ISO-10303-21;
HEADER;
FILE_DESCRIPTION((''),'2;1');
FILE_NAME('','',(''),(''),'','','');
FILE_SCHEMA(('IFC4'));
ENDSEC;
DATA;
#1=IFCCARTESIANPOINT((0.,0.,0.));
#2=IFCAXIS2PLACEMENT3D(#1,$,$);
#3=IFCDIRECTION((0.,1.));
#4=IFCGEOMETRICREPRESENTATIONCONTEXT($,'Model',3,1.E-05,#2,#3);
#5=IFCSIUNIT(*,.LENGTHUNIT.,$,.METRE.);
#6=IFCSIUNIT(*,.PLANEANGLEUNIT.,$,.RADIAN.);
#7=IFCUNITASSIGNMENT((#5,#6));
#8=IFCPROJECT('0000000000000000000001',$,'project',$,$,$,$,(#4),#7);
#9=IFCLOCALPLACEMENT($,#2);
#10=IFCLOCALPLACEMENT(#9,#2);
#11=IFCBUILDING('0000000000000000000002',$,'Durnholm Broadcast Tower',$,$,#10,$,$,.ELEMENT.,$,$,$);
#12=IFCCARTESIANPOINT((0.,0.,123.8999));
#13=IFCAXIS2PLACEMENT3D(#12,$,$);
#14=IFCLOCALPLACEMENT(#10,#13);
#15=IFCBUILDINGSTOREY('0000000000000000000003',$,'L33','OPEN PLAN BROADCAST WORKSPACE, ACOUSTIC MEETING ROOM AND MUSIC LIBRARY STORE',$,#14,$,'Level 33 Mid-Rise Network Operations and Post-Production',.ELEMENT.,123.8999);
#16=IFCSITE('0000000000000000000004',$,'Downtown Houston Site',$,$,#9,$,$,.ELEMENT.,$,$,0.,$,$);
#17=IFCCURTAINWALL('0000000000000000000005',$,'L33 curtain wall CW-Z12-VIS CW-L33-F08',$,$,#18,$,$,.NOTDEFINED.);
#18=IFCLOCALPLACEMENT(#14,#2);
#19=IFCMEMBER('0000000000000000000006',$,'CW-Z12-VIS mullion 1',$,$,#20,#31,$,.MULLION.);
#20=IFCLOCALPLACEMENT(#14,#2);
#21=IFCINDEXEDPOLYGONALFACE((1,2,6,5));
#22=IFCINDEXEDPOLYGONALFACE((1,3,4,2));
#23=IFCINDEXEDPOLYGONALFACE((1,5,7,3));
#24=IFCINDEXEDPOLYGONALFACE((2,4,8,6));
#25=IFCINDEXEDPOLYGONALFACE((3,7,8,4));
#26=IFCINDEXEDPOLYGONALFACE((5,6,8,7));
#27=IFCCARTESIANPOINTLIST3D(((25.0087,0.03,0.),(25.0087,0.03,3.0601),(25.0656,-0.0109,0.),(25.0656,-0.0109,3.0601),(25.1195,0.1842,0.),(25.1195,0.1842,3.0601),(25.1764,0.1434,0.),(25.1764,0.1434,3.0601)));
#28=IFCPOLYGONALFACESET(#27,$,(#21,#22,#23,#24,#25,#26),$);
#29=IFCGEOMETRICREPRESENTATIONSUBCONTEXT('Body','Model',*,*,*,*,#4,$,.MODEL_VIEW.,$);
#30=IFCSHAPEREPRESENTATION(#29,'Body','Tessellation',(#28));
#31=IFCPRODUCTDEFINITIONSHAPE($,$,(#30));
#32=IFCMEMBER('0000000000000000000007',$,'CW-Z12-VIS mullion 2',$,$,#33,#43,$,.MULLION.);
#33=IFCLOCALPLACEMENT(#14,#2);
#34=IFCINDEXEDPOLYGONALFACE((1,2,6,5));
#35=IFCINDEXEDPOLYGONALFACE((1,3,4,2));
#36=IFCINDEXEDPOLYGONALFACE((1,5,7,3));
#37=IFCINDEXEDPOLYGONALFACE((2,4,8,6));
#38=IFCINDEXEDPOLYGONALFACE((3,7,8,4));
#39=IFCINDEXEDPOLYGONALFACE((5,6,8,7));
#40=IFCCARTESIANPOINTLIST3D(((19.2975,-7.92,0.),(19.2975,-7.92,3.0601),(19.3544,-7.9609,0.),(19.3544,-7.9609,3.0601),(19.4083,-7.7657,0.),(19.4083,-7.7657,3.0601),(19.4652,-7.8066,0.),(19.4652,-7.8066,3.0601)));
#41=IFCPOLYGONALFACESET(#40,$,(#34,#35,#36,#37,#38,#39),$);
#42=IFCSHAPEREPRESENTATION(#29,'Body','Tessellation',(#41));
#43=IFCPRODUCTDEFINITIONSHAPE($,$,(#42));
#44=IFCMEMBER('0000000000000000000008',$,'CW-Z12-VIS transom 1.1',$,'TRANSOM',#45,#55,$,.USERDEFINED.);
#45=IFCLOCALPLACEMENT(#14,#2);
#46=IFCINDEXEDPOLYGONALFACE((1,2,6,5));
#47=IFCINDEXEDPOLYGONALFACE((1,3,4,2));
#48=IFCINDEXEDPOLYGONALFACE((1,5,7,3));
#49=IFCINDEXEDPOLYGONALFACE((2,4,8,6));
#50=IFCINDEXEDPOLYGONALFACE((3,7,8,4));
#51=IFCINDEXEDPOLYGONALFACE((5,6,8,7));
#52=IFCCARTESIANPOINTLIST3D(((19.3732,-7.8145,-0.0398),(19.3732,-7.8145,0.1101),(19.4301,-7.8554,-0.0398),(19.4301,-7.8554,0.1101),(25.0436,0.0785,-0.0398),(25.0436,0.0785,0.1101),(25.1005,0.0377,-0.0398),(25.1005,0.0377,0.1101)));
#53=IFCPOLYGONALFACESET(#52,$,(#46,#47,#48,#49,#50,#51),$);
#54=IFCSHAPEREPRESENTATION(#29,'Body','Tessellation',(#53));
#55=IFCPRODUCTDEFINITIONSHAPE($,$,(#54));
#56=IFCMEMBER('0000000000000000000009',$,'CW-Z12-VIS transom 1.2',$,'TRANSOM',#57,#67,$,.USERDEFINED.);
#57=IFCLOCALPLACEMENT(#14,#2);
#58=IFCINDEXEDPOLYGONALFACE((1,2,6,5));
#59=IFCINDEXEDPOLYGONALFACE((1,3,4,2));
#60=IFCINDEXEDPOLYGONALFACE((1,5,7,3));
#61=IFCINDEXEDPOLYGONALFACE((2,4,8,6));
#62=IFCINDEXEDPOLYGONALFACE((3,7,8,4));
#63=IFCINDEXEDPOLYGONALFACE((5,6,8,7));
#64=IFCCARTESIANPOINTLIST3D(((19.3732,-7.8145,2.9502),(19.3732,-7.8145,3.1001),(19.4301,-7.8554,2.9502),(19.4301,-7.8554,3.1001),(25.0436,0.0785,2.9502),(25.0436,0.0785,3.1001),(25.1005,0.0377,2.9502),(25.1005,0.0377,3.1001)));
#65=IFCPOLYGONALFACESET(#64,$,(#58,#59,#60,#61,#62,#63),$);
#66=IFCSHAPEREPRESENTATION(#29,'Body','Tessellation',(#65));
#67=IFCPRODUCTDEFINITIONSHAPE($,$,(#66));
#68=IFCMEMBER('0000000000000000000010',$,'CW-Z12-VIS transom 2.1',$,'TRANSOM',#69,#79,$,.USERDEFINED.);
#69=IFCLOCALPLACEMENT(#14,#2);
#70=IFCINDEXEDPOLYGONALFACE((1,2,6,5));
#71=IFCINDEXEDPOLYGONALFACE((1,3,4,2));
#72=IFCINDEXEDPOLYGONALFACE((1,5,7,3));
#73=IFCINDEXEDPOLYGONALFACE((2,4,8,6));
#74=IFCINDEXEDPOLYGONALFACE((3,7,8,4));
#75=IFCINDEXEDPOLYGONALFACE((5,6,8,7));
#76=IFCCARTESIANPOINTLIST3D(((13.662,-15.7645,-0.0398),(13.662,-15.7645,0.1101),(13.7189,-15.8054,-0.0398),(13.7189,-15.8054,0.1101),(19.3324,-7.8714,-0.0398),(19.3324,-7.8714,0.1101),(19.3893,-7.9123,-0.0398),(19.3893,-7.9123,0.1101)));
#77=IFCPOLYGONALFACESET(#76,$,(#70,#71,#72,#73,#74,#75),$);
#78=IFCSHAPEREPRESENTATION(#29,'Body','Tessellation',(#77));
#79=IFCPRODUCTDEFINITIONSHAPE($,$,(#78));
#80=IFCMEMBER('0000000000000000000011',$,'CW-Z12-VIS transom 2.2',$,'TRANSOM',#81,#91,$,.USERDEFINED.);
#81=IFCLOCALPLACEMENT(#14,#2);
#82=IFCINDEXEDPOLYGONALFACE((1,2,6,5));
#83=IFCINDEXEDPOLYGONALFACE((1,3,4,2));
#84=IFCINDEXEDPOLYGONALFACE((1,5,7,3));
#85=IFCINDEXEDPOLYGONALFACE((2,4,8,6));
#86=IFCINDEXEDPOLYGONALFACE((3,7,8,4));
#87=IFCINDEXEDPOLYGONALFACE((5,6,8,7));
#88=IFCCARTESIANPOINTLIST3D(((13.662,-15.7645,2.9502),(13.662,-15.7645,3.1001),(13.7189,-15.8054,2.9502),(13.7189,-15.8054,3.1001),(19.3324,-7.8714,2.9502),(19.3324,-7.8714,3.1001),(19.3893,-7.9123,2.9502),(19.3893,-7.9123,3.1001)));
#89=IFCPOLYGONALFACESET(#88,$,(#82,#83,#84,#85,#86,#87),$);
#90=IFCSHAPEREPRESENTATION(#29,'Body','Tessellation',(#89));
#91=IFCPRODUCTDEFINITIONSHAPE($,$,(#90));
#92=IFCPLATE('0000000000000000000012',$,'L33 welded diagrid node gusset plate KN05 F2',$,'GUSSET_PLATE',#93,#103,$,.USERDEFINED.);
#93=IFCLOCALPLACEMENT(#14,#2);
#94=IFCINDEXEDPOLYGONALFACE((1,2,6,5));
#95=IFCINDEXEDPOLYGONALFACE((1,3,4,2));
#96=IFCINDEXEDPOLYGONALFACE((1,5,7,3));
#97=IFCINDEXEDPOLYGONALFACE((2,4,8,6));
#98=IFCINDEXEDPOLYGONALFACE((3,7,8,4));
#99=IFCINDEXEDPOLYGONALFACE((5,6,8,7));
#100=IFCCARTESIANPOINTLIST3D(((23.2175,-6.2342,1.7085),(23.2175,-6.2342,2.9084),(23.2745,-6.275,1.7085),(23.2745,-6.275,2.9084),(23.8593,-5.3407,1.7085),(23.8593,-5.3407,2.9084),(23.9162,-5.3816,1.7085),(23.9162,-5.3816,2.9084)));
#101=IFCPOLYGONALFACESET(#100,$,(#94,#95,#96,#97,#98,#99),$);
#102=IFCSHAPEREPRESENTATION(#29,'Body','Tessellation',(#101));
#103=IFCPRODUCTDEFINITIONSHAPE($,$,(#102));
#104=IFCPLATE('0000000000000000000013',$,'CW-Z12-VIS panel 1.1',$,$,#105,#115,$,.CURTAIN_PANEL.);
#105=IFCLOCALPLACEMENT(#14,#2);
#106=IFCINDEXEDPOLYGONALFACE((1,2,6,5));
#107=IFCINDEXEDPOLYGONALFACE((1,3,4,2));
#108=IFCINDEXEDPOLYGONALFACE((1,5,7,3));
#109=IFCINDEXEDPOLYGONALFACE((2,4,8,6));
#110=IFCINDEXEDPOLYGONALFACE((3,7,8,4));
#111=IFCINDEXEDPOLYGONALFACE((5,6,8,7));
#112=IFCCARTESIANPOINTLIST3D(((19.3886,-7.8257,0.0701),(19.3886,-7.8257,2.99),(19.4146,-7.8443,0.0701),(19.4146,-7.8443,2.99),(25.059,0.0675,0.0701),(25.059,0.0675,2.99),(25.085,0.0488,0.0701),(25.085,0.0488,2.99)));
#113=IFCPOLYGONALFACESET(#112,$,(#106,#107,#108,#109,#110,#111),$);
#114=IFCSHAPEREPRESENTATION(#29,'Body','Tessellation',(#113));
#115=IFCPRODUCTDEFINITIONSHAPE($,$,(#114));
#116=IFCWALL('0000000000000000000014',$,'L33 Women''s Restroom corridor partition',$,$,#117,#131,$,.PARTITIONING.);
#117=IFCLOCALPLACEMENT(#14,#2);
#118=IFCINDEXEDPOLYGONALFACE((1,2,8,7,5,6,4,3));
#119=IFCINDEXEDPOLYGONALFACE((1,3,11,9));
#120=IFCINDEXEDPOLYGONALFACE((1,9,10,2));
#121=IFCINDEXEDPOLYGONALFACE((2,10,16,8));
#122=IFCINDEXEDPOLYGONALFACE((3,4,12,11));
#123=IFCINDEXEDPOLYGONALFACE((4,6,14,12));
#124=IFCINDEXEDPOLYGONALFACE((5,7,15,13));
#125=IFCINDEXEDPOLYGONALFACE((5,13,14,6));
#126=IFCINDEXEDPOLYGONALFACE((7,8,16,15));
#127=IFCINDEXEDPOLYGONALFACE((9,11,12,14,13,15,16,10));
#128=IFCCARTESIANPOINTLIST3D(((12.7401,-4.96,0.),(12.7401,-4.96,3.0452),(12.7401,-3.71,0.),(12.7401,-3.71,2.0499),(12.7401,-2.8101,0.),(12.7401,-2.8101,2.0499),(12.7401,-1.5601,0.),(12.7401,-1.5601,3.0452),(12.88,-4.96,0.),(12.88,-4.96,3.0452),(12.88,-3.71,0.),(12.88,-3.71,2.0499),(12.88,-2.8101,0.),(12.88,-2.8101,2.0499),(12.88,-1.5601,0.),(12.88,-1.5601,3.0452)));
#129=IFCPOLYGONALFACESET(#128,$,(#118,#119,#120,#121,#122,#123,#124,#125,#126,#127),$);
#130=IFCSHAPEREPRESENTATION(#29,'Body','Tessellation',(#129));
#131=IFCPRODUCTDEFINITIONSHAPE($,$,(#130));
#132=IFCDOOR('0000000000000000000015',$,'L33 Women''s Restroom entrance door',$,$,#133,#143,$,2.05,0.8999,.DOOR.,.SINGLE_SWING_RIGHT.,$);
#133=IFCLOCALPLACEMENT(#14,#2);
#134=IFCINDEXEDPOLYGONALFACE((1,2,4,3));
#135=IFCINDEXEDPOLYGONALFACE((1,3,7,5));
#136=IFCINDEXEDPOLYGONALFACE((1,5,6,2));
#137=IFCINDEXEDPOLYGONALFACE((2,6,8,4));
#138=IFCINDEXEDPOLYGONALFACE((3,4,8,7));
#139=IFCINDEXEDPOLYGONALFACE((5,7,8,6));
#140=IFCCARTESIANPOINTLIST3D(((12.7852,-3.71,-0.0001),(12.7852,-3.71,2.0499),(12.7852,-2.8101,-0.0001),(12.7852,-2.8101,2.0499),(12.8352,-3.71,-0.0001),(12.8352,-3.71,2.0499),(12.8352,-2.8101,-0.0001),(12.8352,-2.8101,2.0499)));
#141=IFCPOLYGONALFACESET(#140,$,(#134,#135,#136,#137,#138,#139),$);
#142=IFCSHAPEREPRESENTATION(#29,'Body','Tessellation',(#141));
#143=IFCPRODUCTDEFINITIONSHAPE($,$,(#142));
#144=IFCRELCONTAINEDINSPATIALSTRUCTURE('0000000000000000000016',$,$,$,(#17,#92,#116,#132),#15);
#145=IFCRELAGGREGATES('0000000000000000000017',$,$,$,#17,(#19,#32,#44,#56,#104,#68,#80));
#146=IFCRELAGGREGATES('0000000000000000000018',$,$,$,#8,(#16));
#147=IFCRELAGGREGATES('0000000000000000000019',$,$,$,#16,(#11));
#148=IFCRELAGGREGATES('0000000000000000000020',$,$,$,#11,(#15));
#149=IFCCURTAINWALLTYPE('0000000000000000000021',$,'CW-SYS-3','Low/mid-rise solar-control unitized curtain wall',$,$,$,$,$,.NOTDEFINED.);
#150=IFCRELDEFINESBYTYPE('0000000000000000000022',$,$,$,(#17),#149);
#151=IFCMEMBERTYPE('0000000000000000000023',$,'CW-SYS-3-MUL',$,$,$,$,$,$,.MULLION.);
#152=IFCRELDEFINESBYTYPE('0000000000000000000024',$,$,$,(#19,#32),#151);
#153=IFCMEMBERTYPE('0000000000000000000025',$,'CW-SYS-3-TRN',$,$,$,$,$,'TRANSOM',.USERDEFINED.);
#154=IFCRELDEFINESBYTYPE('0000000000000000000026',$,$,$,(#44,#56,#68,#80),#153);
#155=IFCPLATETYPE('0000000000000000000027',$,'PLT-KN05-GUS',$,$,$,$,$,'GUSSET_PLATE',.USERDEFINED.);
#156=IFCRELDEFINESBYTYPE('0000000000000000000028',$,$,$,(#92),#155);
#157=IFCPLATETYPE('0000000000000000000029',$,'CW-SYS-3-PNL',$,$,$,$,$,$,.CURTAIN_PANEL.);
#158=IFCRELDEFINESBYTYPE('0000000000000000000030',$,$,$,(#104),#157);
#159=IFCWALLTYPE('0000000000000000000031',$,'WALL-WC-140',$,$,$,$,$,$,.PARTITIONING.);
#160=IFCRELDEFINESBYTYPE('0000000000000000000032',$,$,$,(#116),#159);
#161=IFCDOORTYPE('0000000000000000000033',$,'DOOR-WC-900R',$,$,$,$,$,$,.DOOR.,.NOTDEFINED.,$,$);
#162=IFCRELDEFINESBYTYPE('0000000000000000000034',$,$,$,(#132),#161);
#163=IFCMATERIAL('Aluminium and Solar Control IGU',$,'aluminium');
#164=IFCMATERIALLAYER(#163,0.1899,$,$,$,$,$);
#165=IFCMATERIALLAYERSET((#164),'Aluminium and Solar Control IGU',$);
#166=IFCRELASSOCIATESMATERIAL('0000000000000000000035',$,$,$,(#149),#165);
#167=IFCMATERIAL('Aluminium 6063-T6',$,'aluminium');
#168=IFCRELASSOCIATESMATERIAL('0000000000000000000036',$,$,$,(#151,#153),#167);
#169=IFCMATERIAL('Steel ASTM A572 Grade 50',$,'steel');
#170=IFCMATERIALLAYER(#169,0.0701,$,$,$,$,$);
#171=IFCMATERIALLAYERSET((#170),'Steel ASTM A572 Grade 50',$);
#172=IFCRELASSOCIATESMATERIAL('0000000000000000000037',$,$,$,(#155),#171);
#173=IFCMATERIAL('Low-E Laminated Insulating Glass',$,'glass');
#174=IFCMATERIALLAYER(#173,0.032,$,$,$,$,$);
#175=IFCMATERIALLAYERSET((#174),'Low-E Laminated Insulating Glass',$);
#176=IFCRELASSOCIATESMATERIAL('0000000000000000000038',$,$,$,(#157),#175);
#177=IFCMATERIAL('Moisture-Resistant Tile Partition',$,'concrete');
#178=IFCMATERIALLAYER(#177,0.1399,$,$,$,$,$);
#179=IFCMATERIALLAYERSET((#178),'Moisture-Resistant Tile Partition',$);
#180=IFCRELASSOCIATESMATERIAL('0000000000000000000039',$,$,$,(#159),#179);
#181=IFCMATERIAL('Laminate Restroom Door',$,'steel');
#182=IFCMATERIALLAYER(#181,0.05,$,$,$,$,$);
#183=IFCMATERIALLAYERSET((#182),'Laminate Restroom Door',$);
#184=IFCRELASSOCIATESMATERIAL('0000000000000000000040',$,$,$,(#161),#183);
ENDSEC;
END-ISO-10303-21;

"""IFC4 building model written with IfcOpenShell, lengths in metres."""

from ifc_helpers import new_model, si_unit, direction, frame, frame_2d, origin, origin_2d, place, context, subcontext, project, spatial, rectangle, extrude, source, transform, mapped, material, layer, layer_set, material_profile, profile_set, type_object, type_shapes, element, fill, aggregate, save


model = new_model("IFC4")

# Units and contexts
model_context = context("Model", 3, precision=1e-05, world=origin(), true_north=direction((0.0, 1.0)))
body_context = subcontext(model_context, "Body", "Model", "MODEL_VIEW")
ifc_project = project(units=[si_unit("LENGTHUNIT", "METRE"), si_unit("PLANEANGLEUNIT", "RADIAN")], contexts=[model_context])

# Site, building, storey
site_placement = place(None, origin())
site = spatial("IfcSite", under=ifc_project, at=site_placement, Name="Downtown Houston Site", CompositionType="ELEMENT", RefElevation=0.0)
building_placement = place(site_placement, origin())
building = spatial("IfcBuilding", under=site, at=building_placement, Name="Durnholm Broadcast Tower", CompositionType="ELEMENT")
storey_placement = place(building_placement, frame((0.0, 0.0, 123.8999)))
storey = spatial("IfcBuildingStorey", under=building, at=storey_placement, Name="L33", Description="OPEN PLAN BROADCAST WORKSPACE, ACOUSTIC MEETING ROOM AND MUSIC LIBRARY STORE", LongName="Level 33 Mid-Rise Network Operations and Post-Production", CompositionType="ELEMENT", Elevation=123.8999)

# Shared definitions
ifc_material_1 = material(Name="Aluminium and Solar Control IGU", Category="aluminium")
ifc_material_2 = material(Name="Aluminium 6063-T6", Category="aluminium")

# Curtain wall, members
ifc_layer_1 = layer(ifc_material_1, 0.1899)
ifc_layer_set_1 = layer_set([ifc_layer_1], Name="Aluminium and Solar Control IGU")
curtain_wall_type_1 = type_object("IfcCurtainWallType", Name="CW-SYS-3", Description="Low/mid-rise solar-control unitized curtain wall", PredefinedType="NOTDEFINED", material=ifc_layer_set_1)
curtain_wall_1_placement = place(storey_placement, origin())
curtain_wall_1 = element("IfcCurtainWall", 1, at=curtain_wall_1_placement, inside=storey, type_object=curtain_wall_type_1, Name="L33 curtain wall CW-Z12-VIS CW-L33-F08", PredefinedType="NOTDEFINED")
ifc_material_profile_1 = material_profile(ifc_material_2, rectangle(XDim=0.0701, YDim=0.1899, at=origin_2d()), Name="CWM70X190")
ifc_profile_set_1 = profile_set([ifc_material_profile_1], Name="Aluminium 6063-T6")
member_type_1 = type_object("IfcMemberType", Name="CW-SYS-3-MUL", PredefinedType="MULLION", material=ifc_profile_set_1)
shared_shape_1 = source(origin(), body_context, "Body", "SweptSolid", [
    extrude(rectangle(XDim=0.0701, YDim=0.1899, at=origin_2d()), origin(), (0.0, 0.0, 1.0), 3.0601),
])
type_shapes(member_type_1, [shared_shape_1])
member_1_placement = place(storey_placement, frame((25.0925, 0.0867, 0.0), z_axis=(0.0, 0.0, 1.0), x_axis=(0.812152, -0.583445, 0.0)))
member_1 = element("IfcMember", 2, at=member_1_placement, type_object=member_type_1, Name="CW-Z12-VIS mullion 1", PredefinedType="MULLION", context=body_context, shape_type="MappedRepresentation", body=[
    mapped(shared_shape_1, transform((0.0, 0.0, 0.0), x_axis=(1.0, 0.0, 0.0), y_axis=(0.0, 1.0, 0.0), z_axis=(0.0, 0.0, 1.0), scale=1.0)),
])
member_2_placement = place(storey_placement, frame((19.3813, -7.8633, 0.0), z_axis=(0.0, 0.0, 1.0), x_axis=(0.812152, -0.583445, 0.0)))
member_2 = element("IfcMember", 3, at=member_2_placement, type_object=member_type_1, Name="CW-Z12-VIS mullion 2", PredefinedType="MULLION", context=body_context, shape_type="MappedRepresentation", body=[
    mapped(shared_shape_1, transform((0.0, 0.0, 0.0), x_axis=(1.0, 0.0, 0.0), y_axis=(0.0, 1.0, 0.0), z_axis=(0.0, 0.0, 1.0), scale=1.0)),
])
ifc_material_profile_2 = material_profile(ifc_material_2, rectangle(XDim=0.0701, YDim=0.1499, at=origin_2d()), Name="CWT70X150")
ifc_profile_set_2 = profile_set([ifc_material_profile_2], Name="Aluminium 6063-T6")
member_type_2 = type_object("IfcMemberType", Name="CW-SYS-3-TRN", ElementType="TRANSOM", PredefinedType="USERDEFINED", material=ifc_profile_set_2)
shared_shape_2 = source(origin(), body_context, "Body", "SweptSolid", [
    extrude(rectangle(XDim=0.0701, YDim=0.1499, at=origin_2d()), origin(), (0.0, 0.0, 1.0), 9.7188),
])
type_shapes(member_type_2, [shared_shape_2])
member_3_placement = place(storey_placement, frame((25.072, 0.0581, 0.0352), z_axis=(-0.583451, -0.812149, 0.0), x_axis=(0.812149, -0.583451, 0.0)))
member_3 = element("IfcMember", 4, at=member_3_placement, type_object=member_type_2, Name="CW-Z12-VIS transom 1.1", ObjectType="TRANSOM", PredefinedType="USERDEFINED", context=body_context, shape_type="MappedRepresentation", body=[
    mapped(shared_shape_2, transform((0.0, 0.0, 0.0), x_axis=(1.0, 0.0, 0.0), y_axis=(0.0, 1.0, 0.0), z_axis=(0.0, 0.0, 1.0), scale=1.0)),
])
member_4_placement = place(storey_placement, frame((25.072, 0.0581, 3.0251), z_axis=(-0.583451, -0.812149, 0.0), x_axis=(0.812149, -0.583451, 0.0)))
member_4 = element("IfcMember", 5, at=member_4_placement, type_object=member_type_2, Name="CW-Z12-VIS transom 1.2", ObjectType="TRANSOM", PredefinedType="USERDEFINED", context=body_context, shape_type="MappedRepresentation", body=[
    mapped(shared_shape_2, transform((0.0, 0.0, 0.0), x_axis=(1.0, 0.0, 0.0), y_axis=(0.0, 1.0, 0.0), z_axis=(0.0, 0.0, 1.0), scale=1.0)),
])
member_5_placement = place(storey_placement, frame((19.3608, -7.8918, 0.0352), z_axis=(-0.583451, -0.812149, 0.0), x_axis=(0.812149, -0.583451, 0.0)))
member_5 = element("IfcMember", 6, at=member_5_placement, type_object=member_type_2, Name="CW-Z12-VIS transom 2.1", ObjectType="TRANSOM", PredefinedType="USERDEFINED", context=body_context, shape_type="MappedRepresentation", body=[
    mapped(shared_shape_2, transform((0.0, 0.0, 0.0), x_axis=(1.0, 0.0, 0.0), y_axis=(0.0, 1.0, 0.0), z_axis=(0.0, 0.0, 1.0), scale=1.0)),
])
member_6_placement = place(storey_placement, frame((19.3608, -7.8918, 3.0251), z_axis=(-0.583451, -0.812149, 0.0), x_axis=(0.812149, -0.583451, 0.0)))
member_6 = element("IfcMember", 7, at=member_6_placement, type_object=member_type_2, Name="CW-Z12-VIS transom 2.2", ObjectType="TRANSOM", PredefinedType="USERDEFINED", context=body_context, shape_type="MappedRepresentation", body=[
    mapped(shared_shape_2, transform((0.0, 0.0, 0.0), x_axis=(1.0, 0.0, 0.0), y_axis=(0.0, 1.0, 0.0), z_axis=(0.0, 0.0, 1.0), scale=1.0)),
])

# Plates
ifc_material_3 = material(Name="Steel ASTM A572 Grade 50", Category="steel")
ifc_layer_2 = layer(ifc_material_3, 0.0701)
ifc_layer_set_2 = layer_set([ifc_layer_2], Name="Steel ASTM A572 Grade 50")
plate_type_1 = type_object("IfcPlateType", Name="PLT-KN05-GUS", ElementType="GUSSET_PLATE", PredefinedType="USERDEFINED", material=ifc_layer_set_2)
shared_shape_3 = source(origin(), body_context, "Body", "SweptSolid", [
    extrude(rectangle(XDim=1.1001, YDim=0.0701, at=origin_2d()), origin(), (0.0, 0.0, 1.0), 1.2),
])
type_shapes(plate_type_1, [shared_shape_3])
plate_1_placement = place(storey_placement, frame((23.5669, -5.8079, 1.7085), z_axis=(0.0, 0.0, 1.0), x_axis=(0.583399, 0.812185, 0.0)))
element("IfcPlate", 8, at=plate_1_placement, inside=storey, type_object=plate_type_1, Name="L33 welded diagrid node gusset plate KN05 F2", ObjectType="GUSSET_PLATE", PredefinedType="USERDEFINED", context=body_context, shape_type="MappedRepresentation", body=[
    mapped(shared_shape_3, transform((0.0, 0.0, 0.0), x_axis=(1.0, 0.0, 0.0), y_axis=(0.0, 1.0, 0.0), z_axis=(0.0, 0.0, 1.0), scale=1.0)),
])
ifc_material_4 = material(Name="Low-E Laminated Insulating Glass", Category="glass")
ifc_layer_3 = layer(ifc_material_4, 0.032)
ifc_layer_set_3 = layer_set([ifc_layer_3], Name="Low-E Laminated Insulating Glass")
plate_type_2 = type_object("IfcPlateType", Name="CW-SYS-3-PNL", PredefinedType="CURTAIN_PANEL", material=ifc_layer_set_3)
shared_shape_4 = source(origin(), body_context, "Body", "SweptSolid", [
    extrude(rectangle(XDim=9.7188, YDim=0.032, at=origin_2d()), origin(), (0.0, 0.0, 1.0), 2.9199),
])
type_shapes(plate_type_2, [shared_shape_4])
plate_2_placement = place(storey_placement, frame((22.2368, -3.8884, 0.0701), z_axis=(0.0, 0.0, 1.0), x_axis=(-0.583445, -0.812152, 0.0)))
plate_2 = element("IfcPlate", 9, at=plate_2_placement, type_object=plate_type_2, Name="CW-Z12-VIS panel 1.1", PredefinedType="CURTAIN_PANEL", context=body_context, shape_type="MappedRepresentation", body=[
    mapped(shared_shape_4, transform((0.0, 0.0, 0.0), x_axis=(1.0, 0.0, 0.0), y_axis=(0.0, 1.0, 0.0), z_axis=(0.0, 0.0, 1.0), scale=1.0)),
])
aggregate(curtain_wall_1, [member_1, member_2, member_3, member_4, plate_2, member_5, member_6])

# Wall, opening, door
ifc_material_5 = material(Name="Moisture-Resistant Tile Partition", Category="concrete")
ifc_layer_4 = layer(ifc_material_5, 0.1399)
ifc_layer_set_4 = layer_set([ifc_layer_4], Name="Moisture-Resistant Tile Partition")
wall_type = type_object("IfcWallType", Name="WALL-WC-140", PredefinedType="PARTITIONING", material=ifc_layer_set_4)
wall_1_placement = place(storey_placement, frame((12.8101, -4.96, 0.0), z_axis=(0.0, 0.0, 1.0), x_axis=(0.0, 1.0, 0.0)))
wall_1 = element("IfcWall", 10, at=wall_1_placement, inside=storey, type_object=wall_type, Name="L33 Women's Restroom corridor partition", PredefinedType="PARTITIONING", context=body_context, shape_type="SweptSolid", body=[
    extrude(rectangle(XDim=3.3999, YDim=0.1399, at=frame_2d((1.7, 0.0))), origin(), (0.0, 0.0, 1.0), 3.0452),
])
opening_1_placement = place(wall_1_placement, frame((1.25, 0.0, 0.0)))
opening_1 = element("IfcOpeningElement", 11, at=opening_1_placement, cuts=wall_1, PredefinedType="OPENING", context=body_context, shape_type="SweptSolid", body=[
    extrude(rectangle(XDim=0.8999, YDim=2.05, at=frame_2d((0.45, 1.0249))), frame((0.0, 0.0801, 0.0), z_axis=(0.0, -1.0, 0.0), x_axis=(1.0, 0.0, 0.0)), (0.0, 0.0, 1.0), 0.1599),
])
ifc_material_6 = material(Name="Laminate Restroom Door", Category="steel")
ifc_layer_5 = layer(ifc_material_6, 0.05)
ifc_layer_set_5 = layer_set([ifc_layer_5], Name="Laminate Restroom Door")
door_type_1 = type_object("IfcDoorType", Name="DOOR-WC-900R", OperationType="NOTDEFINED", PredefinedType="DOOR", material=ifc_layer_set_5)
shared_shape_5 = source(origin(), body_context, "Body", "SweptSolid", [
    extrude(rectangle(XDim=0.8999, YDim=2.05, at=frame_2d((0.45, 1.0249))), frame((0.0, 0.0249, 0.0), z_axis=(0.0, -1.0, 0.0), x_axis=(1.0, 0.0, 0.0)), (0.0, 0.0, 1.0), 0.05),
])
type_shapes(door_type_1, [shared_shape_5])
door_1_placement = place(opening_1_placement, origin())
door_1 = element("IfcDoor", 12, at=door_1_placement, inside=storey, type_object=door_type_1, Name="L33 Women's Restroom entrance door", OperationType="SINGLE_SWING_RIGHT", OverallHeight=2.05, OverallWidth=0.8999, PredefinedType="DOOR", context=body_context, shape_type="MappedRepresentation", body=[
    mapped(shared_shape_5, transform((0.0, 0.0, 0.0), x_axis=(1.0, 0.0, 0.0), y_axis=(0.0, 1.0, 0.0), z_axis=(0.0, 0.0, 1.0), scale=1.0)),
])
fill(opening_1, door_1)

save(model, "model.ifc")
